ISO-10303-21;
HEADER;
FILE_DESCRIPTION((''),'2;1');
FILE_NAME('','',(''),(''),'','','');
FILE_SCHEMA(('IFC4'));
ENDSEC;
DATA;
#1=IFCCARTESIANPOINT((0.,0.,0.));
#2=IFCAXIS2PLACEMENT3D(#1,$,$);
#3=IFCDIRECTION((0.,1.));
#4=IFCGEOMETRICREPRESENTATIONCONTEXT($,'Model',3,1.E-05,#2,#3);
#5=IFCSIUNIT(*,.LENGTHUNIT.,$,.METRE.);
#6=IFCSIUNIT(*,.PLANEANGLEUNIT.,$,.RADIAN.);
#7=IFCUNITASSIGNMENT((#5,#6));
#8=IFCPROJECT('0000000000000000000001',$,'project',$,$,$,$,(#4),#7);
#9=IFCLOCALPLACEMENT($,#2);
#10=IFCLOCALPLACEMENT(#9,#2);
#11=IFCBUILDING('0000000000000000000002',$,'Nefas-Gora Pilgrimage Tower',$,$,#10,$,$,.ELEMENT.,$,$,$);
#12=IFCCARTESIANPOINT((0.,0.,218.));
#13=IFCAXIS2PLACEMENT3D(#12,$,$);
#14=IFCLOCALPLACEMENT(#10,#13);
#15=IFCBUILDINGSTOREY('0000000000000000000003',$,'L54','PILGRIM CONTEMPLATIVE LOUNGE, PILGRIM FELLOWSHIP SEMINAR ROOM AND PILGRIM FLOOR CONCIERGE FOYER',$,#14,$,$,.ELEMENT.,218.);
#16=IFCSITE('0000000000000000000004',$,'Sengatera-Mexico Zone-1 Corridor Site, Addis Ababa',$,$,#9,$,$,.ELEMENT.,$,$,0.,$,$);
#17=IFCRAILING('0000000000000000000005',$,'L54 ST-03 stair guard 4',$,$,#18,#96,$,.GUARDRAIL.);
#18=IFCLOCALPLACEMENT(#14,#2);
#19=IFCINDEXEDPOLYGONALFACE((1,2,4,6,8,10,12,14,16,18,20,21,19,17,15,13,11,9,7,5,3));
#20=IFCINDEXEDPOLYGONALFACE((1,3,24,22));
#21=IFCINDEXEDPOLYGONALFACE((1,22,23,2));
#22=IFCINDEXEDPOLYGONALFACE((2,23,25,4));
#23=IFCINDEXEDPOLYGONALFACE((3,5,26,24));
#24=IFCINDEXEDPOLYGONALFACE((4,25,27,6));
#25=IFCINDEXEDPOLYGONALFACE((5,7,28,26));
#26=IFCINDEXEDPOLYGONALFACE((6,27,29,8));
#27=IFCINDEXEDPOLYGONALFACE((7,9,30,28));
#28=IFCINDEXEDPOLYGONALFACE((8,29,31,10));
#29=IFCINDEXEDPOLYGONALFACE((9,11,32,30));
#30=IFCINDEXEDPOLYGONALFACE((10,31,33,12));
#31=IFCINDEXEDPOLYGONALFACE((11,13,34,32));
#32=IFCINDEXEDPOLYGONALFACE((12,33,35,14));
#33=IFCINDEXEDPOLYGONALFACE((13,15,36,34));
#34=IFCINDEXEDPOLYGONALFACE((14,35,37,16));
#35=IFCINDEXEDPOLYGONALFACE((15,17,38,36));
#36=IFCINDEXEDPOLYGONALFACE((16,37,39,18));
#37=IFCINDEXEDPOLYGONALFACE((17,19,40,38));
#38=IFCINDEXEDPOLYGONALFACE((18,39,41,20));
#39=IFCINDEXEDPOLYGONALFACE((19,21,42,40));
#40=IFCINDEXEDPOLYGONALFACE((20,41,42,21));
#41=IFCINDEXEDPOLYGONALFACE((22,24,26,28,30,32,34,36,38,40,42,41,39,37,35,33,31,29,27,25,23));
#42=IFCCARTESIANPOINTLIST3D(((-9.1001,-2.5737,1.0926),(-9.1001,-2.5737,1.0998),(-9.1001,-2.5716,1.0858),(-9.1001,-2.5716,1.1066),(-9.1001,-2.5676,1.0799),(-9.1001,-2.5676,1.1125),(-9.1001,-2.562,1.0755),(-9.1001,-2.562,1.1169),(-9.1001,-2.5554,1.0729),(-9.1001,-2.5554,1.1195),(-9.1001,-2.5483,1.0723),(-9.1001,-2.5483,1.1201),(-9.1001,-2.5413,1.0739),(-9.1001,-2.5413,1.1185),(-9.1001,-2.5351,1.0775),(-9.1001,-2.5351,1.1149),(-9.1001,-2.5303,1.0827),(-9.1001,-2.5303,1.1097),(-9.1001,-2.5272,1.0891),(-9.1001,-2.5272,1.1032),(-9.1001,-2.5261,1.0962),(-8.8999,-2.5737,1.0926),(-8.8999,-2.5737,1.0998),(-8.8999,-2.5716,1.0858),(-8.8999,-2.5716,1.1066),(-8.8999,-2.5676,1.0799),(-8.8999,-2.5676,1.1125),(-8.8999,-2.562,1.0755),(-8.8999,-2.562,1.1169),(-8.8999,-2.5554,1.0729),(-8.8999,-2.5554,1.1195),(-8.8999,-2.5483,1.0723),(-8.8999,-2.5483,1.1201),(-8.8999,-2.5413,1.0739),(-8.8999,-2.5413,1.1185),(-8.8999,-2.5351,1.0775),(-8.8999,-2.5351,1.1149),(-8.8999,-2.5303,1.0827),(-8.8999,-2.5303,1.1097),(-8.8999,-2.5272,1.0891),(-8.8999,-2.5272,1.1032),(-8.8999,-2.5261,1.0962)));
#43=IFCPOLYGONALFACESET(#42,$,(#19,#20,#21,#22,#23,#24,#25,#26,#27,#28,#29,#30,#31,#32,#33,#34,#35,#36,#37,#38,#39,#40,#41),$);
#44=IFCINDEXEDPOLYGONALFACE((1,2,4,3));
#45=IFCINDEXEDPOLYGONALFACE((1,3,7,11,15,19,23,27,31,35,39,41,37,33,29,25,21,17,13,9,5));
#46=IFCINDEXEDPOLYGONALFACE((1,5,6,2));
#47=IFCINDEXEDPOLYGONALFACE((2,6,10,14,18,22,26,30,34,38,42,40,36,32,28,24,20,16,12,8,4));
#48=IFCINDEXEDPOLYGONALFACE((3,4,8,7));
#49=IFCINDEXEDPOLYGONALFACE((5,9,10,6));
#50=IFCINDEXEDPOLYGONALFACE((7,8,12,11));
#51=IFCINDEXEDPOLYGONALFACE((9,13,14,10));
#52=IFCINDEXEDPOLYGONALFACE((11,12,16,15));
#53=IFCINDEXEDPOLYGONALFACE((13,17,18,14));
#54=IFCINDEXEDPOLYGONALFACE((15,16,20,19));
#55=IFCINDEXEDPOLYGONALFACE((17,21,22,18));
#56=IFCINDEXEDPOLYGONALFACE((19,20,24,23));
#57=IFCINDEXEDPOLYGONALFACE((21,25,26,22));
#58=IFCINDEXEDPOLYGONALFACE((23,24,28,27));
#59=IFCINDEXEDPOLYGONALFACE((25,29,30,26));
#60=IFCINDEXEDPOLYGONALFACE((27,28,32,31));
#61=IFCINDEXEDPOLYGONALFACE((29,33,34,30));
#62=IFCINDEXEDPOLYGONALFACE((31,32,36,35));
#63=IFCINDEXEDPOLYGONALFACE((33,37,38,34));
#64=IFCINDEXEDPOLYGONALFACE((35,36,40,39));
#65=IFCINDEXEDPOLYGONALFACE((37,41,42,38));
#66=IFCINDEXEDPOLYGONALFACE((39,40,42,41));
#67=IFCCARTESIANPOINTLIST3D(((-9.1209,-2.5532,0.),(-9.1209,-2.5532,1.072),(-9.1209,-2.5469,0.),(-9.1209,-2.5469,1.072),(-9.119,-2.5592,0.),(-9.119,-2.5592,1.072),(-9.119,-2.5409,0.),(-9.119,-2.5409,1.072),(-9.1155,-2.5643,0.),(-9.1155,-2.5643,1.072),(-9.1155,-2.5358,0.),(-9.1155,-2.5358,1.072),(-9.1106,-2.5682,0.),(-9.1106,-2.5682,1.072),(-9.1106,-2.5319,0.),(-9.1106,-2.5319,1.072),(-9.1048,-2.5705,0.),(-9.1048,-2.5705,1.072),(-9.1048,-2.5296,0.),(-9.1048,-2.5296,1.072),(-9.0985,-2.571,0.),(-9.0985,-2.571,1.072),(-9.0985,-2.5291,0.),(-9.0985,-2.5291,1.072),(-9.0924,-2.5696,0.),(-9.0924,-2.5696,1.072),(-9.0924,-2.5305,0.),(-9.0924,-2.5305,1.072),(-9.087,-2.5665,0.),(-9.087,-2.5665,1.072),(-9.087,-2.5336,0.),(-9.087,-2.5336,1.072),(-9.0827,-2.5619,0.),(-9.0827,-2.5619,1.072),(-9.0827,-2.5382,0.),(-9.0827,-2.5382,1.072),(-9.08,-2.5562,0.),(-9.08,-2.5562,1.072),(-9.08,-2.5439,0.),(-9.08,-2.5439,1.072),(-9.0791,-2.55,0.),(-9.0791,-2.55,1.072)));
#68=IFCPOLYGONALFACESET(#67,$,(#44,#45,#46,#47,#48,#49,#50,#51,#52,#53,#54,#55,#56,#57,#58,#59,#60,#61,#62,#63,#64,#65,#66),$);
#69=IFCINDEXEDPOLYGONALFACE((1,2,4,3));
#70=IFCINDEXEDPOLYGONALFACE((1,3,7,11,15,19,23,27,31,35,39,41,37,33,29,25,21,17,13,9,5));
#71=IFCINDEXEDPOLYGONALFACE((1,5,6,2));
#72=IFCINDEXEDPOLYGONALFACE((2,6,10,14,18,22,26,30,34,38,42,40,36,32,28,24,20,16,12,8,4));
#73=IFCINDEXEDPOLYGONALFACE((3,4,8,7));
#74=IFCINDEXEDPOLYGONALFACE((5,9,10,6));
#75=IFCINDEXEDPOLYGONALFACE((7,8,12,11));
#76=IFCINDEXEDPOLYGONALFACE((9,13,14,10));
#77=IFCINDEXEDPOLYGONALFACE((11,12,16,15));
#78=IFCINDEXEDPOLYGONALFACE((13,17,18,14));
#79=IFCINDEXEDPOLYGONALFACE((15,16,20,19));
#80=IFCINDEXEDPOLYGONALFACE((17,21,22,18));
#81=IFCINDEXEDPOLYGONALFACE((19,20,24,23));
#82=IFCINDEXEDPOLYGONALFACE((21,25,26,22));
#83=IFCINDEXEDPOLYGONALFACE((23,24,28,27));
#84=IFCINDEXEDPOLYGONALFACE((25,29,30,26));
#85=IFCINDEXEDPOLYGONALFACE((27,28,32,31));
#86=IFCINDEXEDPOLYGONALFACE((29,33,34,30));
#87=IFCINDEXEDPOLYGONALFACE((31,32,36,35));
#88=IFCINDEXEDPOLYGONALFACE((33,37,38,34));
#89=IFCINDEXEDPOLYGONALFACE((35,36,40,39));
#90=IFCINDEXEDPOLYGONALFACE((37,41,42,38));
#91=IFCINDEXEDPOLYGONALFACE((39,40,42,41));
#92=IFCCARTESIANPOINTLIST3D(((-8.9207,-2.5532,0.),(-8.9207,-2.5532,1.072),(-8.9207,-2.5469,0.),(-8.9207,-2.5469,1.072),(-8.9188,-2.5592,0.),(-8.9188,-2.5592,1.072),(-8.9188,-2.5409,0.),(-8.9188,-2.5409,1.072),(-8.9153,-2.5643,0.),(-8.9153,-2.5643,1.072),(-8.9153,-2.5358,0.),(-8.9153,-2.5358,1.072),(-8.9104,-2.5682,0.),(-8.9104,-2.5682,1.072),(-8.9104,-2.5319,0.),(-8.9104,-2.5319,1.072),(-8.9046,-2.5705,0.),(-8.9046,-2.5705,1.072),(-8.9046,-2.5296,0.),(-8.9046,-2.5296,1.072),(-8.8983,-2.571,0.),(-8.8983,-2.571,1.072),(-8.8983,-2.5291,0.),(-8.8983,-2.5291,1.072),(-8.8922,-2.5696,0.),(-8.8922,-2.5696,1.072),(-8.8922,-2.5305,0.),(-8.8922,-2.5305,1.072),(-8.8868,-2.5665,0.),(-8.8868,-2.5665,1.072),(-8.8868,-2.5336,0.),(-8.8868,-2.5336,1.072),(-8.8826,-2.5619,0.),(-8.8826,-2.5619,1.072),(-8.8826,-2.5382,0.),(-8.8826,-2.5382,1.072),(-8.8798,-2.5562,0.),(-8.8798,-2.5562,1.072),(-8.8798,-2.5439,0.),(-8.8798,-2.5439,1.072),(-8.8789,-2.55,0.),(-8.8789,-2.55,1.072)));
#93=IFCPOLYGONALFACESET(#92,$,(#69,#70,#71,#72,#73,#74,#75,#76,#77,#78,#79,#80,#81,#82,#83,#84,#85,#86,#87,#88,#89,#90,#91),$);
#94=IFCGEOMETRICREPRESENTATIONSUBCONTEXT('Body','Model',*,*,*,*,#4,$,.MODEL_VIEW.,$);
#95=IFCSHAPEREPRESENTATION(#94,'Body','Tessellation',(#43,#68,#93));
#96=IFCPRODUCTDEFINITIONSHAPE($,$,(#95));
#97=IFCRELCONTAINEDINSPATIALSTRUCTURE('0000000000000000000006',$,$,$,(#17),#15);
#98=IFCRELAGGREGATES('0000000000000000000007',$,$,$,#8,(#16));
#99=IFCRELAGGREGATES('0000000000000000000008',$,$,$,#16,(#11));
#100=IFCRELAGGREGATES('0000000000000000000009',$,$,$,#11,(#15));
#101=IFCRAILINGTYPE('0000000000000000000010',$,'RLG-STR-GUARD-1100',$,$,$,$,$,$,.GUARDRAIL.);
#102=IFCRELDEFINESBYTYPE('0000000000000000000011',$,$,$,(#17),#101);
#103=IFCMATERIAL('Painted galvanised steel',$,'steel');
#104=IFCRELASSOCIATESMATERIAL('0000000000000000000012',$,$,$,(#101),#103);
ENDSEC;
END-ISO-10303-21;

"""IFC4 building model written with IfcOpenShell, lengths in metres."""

from ifc_helpers import new_model, si_unit, direction, frame, origin, origin_2d, place, context, subcontext, project, spatial, circle, extrude, material, type_object, element, save


model = new_model("IFC4")

# Units and contexts
model_context = context("Model", 3, precision=1e-05, world=origin(), true_north=direction((0.0, 1.0)))
body_context = subcontext(model_context, "Body", "Model", "MODEL_VIEW")
ifc_project = project(units=[si_unit("LENGTHUNIT", "METRE"), si_unit("PLANEANGLEUNIT", "RADIAN")], contexts=[model_context])

# Site, building, storey
site_placement = place(None, origin())
site = spatial("IfcSite", under=ifc_project, at=site_placement, Name="Sengatera-Mexico Zone-1 Corridor Site, Addis Ababa", CompositionType="ELEMENT", RefElevation=0.0)
building_placement = place(site_placement, origin())
building = spatial("IfcBuilding", under=site, at=building_placement, Name="Nefas-Gora Pilgrimage Tower", CompositionType="ELEMENT")
storey_placement = place(building_placement, frame((0.0, 0.0, 218.0)))
storey = spatial("IfcBuildingStorey", under=building, at=storey_placement, Name="L54", Description="PILGRIM CONTEMPLATIVE LOUNGE, PILGRIM FELLOWSHIP SEMINAR ROOM AND PILGRIM FLOOR CONCIERGE FOYER", CompositionType="ELEMENT", Elevation=218.0)

# Railing
ifc_material_1 = material(Name="Painted galvanised steel", Category="steel")
railing_type_1 = type_object("IfcRailingType", Name="RLG-STR-GUARD-1100", PredefinedType="GUARDRAIL", material=ifc_material_1)
railing_1_placement = place(storey_placement, frame((-9.1001, -2.55, 0.0)))
element("IfcRailing", 1, at=railing_1_placement, inside=storey, type_object=railing_type_1, Name="L54 ST-03 stair guard 4", PredefinedType="GUARDRAIL", context=body_context, shape_type="SweptSolid", body=[
    extrude(circle(Radius=0.0239, at=origin_2d()), frame((0.0, 0.0, 1.0962), z_axis=(1.0, 0.0, 0.0), x_axis=(0.0, 1.0, 0.0)), (0.0, 0.0, 1.0), 0.2002),
    extrude(circle(Radius=0.021, at=origin_2d()), origin(), (0.0, 0.0, 1.0), 1.072),
    extrude(circle(Radius=0.021, at=origin_2d()), frame((0.2002, 0.0, 0.0)), (0.0, 0.0, 1.0), 1.072),
])

save(model, "model.ifc")
